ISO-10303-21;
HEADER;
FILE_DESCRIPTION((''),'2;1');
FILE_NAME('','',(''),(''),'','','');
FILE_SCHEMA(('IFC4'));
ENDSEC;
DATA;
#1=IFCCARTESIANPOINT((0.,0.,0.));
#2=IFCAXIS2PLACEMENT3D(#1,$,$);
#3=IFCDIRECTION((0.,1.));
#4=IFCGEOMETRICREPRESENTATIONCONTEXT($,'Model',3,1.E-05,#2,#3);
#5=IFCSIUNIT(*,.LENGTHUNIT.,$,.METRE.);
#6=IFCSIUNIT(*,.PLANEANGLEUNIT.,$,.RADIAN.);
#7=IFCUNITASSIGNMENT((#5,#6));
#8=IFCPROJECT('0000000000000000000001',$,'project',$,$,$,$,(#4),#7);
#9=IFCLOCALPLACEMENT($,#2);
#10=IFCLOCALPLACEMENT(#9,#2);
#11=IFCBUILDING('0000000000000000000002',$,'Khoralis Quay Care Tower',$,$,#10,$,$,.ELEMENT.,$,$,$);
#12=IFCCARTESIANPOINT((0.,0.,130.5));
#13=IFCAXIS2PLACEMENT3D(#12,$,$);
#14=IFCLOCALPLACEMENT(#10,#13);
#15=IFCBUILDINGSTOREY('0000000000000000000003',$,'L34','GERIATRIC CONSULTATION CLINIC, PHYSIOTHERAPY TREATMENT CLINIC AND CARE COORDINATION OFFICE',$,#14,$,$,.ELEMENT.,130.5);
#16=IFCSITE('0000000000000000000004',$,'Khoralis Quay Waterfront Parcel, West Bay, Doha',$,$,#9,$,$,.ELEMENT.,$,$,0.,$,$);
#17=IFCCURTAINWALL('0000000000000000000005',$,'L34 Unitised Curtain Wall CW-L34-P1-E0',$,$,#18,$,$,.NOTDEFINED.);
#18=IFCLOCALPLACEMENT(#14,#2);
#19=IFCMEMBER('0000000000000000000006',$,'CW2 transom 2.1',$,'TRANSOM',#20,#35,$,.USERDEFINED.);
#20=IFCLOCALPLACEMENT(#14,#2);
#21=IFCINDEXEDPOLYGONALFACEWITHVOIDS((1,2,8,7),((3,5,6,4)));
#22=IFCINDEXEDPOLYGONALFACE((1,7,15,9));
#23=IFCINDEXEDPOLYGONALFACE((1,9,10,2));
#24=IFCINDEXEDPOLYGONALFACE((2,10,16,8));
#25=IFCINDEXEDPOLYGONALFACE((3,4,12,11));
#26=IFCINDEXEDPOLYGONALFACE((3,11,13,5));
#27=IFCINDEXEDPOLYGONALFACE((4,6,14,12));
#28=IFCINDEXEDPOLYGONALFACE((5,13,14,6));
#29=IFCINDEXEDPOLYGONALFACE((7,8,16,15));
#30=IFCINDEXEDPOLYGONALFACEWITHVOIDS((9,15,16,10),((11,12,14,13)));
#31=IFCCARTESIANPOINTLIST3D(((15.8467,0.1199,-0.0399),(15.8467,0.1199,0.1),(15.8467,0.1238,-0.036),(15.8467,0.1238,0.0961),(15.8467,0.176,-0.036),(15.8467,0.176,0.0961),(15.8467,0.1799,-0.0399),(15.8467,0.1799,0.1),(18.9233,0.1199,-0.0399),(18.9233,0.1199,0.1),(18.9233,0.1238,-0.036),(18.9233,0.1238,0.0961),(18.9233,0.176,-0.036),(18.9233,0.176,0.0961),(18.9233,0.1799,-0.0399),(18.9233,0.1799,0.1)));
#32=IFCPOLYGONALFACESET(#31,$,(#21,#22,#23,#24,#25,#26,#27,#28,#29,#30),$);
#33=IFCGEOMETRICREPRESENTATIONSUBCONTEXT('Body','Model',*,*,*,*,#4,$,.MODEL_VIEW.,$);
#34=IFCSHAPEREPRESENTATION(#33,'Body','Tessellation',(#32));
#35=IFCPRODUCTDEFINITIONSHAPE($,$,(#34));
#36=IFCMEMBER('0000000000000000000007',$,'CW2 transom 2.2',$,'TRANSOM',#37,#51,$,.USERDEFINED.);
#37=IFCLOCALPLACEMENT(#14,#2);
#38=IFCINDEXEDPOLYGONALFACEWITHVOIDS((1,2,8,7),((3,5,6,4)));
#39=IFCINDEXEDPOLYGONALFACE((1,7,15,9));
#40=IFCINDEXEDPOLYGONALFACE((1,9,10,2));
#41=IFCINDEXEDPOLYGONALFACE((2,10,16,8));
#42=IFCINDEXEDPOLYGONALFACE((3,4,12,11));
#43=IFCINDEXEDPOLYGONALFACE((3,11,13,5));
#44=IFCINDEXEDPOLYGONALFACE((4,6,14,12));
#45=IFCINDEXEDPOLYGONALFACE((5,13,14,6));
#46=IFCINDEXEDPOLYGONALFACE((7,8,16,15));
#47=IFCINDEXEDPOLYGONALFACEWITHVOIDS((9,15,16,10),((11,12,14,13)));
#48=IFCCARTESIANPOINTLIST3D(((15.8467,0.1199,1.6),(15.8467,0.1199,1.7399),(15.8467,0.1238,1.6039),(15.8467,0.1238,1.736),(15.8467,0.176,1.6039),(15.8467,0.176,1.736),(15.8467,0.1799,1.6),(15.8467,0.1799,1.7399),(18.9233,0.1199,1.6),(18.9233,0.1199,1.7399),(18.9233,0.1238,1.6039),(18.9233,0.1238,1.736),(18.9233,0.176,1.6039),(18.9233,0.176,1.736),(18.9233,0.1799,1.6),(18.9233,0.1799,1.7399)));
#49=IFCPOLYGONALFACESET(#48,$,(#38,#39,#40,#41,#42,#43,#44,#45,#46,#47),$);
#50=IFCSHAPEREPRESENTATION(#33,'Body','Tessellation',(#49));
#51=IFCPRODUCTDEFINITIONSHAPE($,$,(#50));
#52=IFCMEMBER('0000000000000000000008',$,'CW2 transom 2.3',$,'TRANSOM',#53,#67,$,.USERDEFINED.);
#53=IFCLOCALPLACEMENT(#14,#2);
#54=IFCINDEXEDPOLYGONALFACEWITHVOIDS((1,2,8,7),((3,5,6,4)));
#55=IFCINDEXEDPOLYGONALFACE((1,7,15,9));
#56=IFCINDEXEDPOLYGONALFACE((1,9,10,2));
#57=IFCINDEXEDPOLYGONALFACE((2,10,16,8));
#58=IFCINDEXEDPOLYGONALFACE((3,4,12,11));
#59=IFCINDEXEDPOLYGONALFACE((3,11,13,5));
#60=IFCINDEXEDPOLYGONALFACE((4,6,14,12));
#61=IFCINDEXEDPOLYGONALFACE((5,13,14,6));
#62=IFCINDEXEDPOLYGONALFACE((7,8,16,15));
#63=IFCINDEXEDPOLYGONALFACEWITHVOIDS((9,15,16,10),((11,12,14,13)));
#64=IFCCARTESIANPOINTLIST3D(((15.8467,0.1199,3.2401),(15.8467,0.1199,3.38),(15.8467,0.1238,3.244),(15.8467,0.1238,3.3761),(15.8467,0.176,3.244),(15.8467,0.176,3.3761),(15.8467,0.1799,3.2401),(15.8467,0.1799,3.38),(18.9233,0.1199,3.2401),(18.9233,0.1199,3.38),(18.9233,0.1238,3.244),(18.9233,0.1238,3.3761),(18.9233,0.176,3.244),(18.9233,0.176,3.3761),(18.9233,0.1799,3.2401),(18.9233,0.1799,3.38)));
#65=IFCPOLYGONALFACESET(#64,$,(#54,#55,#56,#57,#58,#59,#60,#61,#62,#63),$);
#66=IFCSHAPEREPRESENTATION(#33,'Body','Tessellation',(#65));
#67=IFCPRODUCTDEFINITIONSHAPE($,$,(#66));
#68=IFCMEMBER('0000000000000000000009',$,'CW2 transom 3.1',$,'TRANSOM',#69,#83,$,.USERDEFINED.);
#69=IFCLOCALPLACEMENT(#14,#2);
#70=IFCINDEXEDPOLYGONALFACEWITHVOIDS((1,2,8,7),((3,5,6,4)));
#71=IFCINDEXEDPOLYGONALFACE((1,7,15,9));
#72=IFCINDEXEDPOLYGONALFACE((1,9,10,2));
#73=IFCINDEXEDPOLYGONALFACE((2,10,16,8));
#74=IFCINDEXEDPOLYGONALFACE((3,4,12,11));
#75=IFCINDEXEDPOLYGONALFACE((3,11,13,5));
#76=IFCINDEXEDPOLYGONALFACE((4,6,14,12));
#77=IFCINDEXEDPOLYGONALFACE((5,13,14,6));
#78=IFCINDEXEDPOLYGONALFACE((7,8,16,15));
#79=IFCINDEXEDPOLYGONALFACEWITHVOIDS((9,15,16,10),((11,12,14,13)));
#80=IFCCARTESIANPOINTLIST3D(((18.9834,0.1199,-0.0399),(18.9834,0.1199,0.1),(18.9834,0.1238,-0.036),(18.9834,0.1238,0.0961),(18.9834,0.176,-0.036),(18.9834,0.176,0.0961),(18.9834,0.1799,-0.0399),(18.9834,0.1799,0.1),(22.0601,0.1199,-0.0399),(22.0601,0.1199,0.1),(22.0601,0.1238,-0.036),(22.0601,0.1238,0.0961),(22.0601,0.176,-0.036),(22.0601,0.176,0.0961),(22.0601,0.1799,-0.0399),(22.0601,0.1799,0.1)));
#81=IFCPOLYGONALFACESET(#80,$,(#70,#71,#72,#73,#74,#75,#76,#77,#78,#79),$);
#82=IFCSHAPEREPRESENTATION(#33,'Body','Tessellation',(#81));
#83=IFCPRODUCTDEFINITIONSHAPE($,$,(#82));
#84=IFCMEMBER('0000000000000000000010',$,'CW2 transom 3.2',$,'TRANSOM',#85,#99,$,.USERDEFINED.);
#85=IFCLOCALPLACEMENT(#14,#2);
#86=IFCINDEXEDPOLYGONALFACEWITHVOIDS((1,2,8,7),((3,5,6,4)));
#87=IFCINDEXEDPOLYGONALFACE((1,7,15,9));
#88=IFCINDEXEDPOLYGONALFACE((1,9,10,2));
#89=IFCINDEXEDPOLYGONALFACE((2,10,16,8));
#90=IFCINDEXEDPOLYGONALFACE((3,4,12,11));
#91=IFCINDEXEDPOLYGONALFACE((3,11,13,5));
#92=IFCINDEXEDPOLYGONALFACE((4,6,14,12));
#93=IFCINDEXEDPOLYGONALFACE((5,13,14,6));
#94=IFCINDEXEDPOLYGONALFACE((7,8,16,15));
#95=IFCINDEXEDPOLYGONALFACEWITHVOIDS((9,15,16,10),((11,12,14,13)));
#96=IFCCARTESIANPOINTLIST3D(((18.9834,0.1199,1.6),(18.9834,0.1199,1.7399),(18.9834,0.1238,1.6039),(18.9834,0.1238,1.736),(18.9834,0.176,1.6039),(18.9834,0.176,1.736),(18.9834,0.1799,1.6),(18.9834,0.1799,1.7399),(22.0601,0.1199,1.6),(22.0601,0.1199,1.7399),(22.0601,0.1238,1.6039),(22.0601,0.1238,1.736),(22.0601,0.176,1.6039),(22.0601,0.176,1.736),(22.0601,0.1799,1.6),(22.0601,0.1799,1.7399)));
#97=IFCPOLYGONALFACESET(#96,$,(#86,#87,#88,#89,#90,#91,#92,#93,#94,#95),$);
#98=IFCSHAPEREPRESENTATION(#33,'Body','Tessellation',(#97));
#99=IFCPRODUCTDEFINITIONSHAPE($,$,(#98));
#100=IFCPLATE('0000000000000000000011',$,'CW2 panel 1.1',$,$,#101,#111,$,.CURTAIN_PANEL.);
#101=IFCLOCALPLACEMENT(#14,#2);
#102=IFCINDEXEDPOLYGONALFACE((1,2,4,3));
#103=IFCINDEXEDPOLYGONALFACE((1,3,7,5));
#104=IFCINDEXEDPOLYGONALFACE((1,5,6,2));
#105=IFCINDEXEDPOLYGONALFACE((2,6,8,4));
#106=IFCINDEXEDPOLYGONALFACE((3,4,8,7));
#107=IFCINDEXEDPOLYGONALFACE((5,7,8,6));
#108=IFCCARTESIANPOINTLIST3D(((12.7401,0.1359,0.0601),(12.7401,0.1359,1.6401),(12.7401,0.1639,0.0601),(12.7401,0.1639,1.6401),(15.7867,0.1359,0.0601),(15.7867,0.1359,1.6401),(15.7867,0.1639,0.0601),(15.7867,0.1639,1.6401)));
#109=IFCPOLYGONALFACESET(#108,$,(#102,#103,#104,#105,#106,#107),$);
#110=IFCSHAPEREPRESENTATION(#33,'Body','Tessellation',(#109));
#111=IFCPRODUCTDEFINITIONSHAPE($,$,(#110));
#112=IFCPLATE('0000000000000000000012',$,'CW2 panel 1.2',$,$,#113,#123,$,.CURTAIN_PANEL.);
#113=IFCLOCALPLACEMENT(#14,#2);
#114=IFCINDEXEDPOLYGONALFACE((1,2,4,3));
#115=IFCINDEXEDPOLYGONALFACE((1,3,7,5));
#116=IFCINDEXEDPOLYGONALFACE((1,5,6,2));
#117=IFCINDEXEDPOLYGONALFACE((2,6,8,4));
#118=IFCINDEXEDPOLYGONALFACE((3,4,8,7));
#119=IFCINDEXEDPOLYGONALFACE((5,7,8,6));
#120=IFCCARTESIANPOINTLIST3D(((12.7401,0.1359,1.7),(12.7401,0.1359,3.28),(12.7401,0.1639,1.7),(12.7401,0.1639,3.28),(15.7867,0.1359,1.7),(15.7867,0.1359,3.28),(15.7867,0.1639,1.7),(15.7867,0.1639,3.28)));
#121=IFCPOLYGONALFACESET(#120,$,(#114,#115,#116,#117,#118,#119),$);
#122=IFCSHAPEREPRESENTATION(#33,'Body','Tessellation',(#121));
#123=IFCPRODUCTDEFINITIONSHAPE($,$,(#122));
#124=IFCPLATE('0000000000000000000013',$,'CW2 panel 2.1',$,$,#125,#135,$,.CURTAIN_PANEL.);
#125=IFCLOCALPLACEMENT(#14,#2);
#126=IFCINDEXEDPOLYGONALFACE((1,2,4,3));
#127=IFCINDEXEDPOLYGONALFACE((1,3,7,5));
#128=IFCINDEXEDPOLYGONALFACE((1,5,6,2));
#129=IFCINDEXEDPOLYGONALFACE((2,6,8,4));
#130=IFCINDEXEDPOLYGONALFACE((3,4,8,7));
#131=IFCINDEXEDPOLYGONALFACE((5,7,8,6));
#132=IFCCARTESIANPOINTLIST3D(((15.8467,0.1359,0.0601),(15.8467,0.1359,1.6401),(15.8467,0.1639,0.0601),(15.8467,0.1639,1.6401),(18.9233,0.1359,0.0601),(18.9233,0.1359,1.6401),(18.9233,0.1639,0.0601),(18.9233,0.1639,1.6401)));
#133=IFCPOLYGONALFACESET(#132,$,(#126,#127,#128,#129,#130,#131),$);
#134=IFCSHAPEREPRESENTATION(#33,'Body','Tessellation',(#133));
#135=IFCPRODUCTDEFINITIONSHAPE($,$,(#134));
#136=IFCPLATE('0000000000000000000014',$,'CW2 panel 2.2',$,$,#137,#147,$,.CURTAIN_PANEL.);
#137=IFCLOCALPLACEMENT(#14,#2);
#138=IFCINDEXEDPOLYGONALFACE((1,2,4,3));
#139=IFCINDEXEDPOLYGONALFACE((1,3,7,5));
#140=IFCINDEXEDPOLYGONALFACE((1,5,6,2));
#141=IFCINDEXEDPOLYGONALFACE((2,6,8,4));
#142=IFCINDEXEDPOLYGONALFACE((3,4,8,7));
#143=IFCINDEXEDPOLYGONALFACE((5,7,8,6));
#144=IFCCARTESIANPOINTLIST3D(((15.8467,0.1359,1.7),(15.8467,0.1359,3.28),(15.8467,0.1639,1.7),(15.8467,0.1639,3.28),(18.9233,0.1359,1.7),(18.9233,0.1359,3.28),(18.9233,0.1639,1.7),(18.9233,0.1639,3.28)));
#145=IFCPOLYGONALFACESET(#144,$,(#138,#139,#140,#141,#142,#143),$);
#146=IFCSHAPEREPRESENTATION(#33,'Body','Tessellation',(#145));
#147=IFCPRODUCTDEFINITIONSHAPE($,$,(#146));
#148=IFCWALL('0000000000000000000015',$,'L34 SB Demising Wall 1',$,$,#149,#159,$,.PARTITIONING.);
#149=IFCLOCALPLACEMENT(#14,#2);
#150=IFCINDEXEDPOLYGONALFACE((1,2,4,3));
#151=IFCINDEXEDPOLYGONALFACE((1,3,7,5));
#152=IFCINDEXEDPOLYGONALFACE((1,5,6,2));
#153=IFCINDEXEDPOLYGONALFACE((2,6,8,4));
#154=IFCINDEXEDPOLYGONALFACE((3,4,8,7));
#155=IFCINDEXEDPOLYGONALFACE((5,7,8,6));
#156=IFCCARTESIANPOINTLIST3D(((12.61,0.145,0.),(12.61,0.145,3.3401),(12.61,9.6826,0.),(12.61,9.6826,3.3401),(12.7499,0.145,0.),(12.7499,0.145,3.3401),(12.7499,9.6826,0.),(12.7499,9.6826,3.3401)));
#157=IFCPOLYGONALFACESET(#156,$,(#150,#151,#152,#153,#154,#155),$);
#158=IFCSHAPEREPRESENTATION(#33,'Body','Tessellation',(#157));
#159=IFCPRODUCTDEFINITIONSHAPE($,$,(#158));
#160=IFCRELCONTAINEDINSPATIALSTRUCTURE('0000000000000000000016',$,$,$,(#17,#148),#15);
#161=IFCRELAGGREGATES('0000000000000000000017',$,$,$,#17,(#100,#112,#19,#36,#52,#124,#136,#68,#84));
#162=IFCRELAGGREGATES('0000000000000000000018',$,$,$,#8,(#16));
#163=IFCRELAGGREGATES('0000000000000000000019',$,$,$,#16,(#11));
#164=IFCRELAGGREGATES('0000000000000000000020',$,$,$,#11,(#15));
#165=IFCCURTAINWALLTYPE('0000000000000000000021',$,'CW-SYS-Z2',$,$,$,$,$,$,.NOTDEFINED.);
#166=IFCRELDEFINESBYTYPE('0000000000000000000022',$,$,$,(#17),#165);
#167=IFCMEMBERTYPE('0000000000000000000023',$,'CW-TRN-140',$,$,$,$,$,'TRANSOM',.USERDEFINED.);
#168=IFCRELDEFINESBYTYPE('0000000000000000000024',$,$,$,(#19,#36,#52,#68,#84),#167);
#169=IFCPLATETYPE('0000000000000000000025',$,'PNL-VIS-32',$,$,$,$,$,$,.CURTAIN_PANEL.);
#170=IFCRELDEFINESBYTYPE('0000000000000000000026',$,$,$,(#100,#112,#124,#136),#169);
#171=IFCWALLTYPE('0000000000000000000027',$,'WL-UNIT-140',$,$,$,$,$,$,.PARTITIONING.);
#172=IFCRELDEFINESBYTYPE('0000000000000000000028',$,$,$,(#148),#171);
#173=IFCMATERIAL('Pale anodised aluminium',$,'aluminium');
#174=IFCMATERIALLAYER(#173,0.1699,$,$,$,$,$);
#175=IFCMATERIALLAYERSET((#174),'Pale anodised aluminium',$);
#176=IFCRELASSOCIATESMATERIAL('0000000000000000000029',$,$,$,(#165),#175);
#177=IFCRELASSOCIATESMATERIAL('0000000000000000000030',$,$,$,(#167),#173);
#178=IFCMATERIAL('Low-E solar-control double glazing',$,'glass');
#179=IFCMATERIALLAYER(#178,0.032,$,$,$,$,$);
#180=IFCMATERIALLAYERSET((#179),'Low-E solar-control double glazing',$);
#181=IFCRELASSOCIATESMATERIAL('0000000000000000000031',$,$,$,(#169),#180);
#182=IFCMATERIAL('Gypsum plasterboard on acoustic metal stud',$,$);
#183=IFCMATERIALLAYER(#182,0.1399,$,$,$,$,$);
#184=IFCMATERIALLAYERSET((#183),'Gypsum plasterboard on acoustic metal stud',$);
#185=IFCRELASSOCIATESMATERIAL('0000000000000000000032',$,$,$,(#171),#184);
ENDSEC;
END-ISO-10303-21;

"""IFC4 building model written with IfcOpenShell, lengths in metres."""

from ifc_helpers import new_model, si_unit, direction, frame, frame_2d, origin, origin_2d, place, context, subcontext, project, spatial, rectangle, hollow_rectangle, extrude, source, transform, mapped, material, layer, layer_set, material_profile, profile_set, type_object, element, aggregate, save


model = new_model("IFC4")

# Units and contexts
model_context = context("Model", 3, precision=1e-05, world=origin(), true_north=direction((0.0, 1.0)))
body_context = subcontext(model_context, "Body", "Model", "MODEL_VIEW")
ifc_project = project(units=[si_unit("LENGTHUNIT", "METRE"), si_unit("PLANEANGLEUNIT", "RADIAN")], contexts=[model_context])

# Site, building, storey
site_placement = place(None, origin())
site = spatial("IfcSite", under=ifc_project, at=site_placement, Name="Khoralis Quay Waterfront Parcel, West Bay, Doha", CompositionType="ELEMENT", RefElevation=0.0)
building_placement = place(site_placement, origin())
building = spatial("IfcBuilding", under=site, at=building_placement, Name="Khoralis Quay Care Tower", CompositionType="ELEMENT")
storey_placement = place(building_placement, frame((0.0, 0.0, 130.5)))
storey = spatial("IfcBuildingStorey", under=building, at=storey_placement, Name="L34", Description="GERIATRIC CONSULTATION CLINIC, PHYSIOTHERAPY TREATMENT CLINIC AND CARE COORDINATION OFFICE", CompositionType="ELEMENT", Elevation=130.5)

# Curtain wall, members, plates
ifc_material_1 = material(Name="Pale anodised aluminium", Category="aluminium")
ifc_layer_1 = layer(ifc_material_1, 0.1699)
ifc_layer_set_1 = layer_set([ifc_layer_1], Name="Pale anodised aluminium")
curtain_wall_type = type_object("IfcCurtainWallType", Name="CW-SYS-Z2", PredefinedType="NOTDEFINED", material=ifc_layer_set_1)
curtain_wall_placement = place(storey_placement, origin())
curtain_wall = element("IfcCurtainWall", 1, at=curtain_wall_placement, inside=storey, type_object=curtain_wall_type, Name="L34 Unitised Curtain Wall CW-L34-P1-E0", PredefinedType="NOTDEFINED")
ifc_material_profile_1 = material_profile(ifc_material_1, hollow_rectangle(XDim=0.0601, YDim=0.1399, WallThickness=0.0039, at=origin_2d()), Name="Pale anodised aluminium")
ifc_profile_set_1 = profile_set([ifc_material_profile_1], Name="Pale anodised aluminium")
member_type_1 = type_object("IfcMemberType", Name="CW-TRN-140", ElementType="TRANSOM", PredefinedType="USERDEFINED", material=ifc_profile_set_1)
shared_shape_1 = source(origin(), body_context, "Body", "SweptSolid", [
    extrude(hollow_rectangle(XDim=0.0601, YDim=0.1399, WallThickness=0.0039, at=origin_2d()), origin(), (0.0, 0.0, 1.0), 3.0767),
])
member_1_placement = place(storey_placement, frame((15.8467, 0.1499, 0.03), z_axis=(1.0, 0.0, 0.0), x_axis=(0.0, 1.0, 0.0)))
member_1 = element("IfcMember", 2, at=member_1_placement, type_object=member_type_1, Name="CW2 transom 2.1", ObjectType="TRANSOM", PredefinedType="USERDEFINED", context=body_context, shape_type="MappedRepresentation", body=[
    mapped(shared_shape_1, transform((0.0, 0.0, 0.0), scale=1.0)),
])
member_2_placement = place(storey_placement, frame((15.8467, 0.1499, 1.6699), z_axis=(1.0, 0.0, 0.0), x_axis=(0.0, 1.0, 0.0)))
member_2 = element("IfcMember", 3, at=member_2_placement, type_object=member_type_1, Name="CW2 transom 2.2", ObjectType="TRANSOM", PredefinedType="USERDEFINED", context=body_context, shape_type="MappedRepresentation", body=[
    mapped(shared_shape_1, transform((0.0, 0.0, 0.0), scale=1.0)),
])
member_3_placement = place(storey_placement, frame((15.8467, 0.1499, 3.3101), z_axis=(1.0, 0.0, 0.0), x_axis=(0.0, 1.0, 0.0)))
member_3 = element("IfcMember", 4, at=member_3_placement, type_object=member_type_1, Name="CW2 transom 2.3", ObjectType="TRANSOM", PredefinedType="USERDEFINED", context=body_context, shape_type="MappedRepresentation", body=[
    mapped(shared_shape_1, transform((0.0, 0.0, 0.0), scale=1.0)),
])
member_4_placement = place(storey_placement, frame((18.9834, 0.1499, 0.03), z_axis=(1.0, 0.0, 0.0), x_axis=(0.0, 1.0, 0.0)))
member_4 = element("IfcMember", 5, at=member_4_placement, type_object=member_type_1, Name="CW2 transom 3.1", ObjectType="TRANSOM", PredefinedType="USERDEFINED", context=body_context, shape_type="MappedRepresentation", body=[
    mapped(shared_shape_1, transform((0.0, 0.0, 0.0), scale=1.0)),
])
member_5_placement = place(storey_placement, frame((18.9834, 0.1499, 1.6699), z_axis=(1.0, 0.0, 0.0), x_axis=(0.0, 1.0, 0.0)))
member_5 = element("IfcMember", 6, at=member_5_placement, type_object=member_type_1, Name="CW2 transom 3.2", ObjectType="TRANSOM", PredefinedType="USERDEFINED", context=body_context, shape_type="MappedRepresentation", body=[
    mapped(shared_shape_1, transform((0.0, 0.0, 0.0), scale=1.0)),
])
ifc_material_2 = material(Name="Low-E solar-control double glazing", Category="glass")
ifc_layer_2 = layer(ifc_material_2, 0.032)
ifc_layer_set_2 = layer_set([ifc_layer_2], Name="Low-E solar-control double glazing")
plate_type = type_object("IfcPlateType", Name="PNL-VIS-32", PredefinedType="CURTAIN_PANEL", material=ifc_layer_set_2)
shared_shape_2 = source(origin(), body_context, "Body", "SweptSolid", [
    extrude(rectangle(XDim=3.0466, YDim=0.0281, at=origin_2d()), origin(), (0.0, 0.0, 1.0), 1.5801),
])
plate_1_placement = place(storey_placement, frame((14.2634, 0.1499, 0.0601), z_axis=(0.0, 0.0, 1.0), x_axis=(1.0, 0.0, 0.0)))
plate_1 = element("IfcPlate", 7, at=plate_1_placement, type_object=plate_type, Name="CW2 panel 1.1", PredefinedType="CURTAIN_PANEL", context=body_context, shape_type="MappedRepresentation", body=[
    mapped(shared_shape_2, transform((0.0, 0.0, 0.0), scale=1.0)),
])
plate_2_placement = place(storey_placement, frame((14.2634, 0.1499, 1.7), z_axis=(0.0, 0.0, 1.0), x_axis=(1.0, 0.0, 0.0)))
plate_2 = element("IfcPlate", 8, at=plate_2_placement, type_object=plate_type, Name="CW2 panel 1.2", PredefinedType="CURTAIN_PANEL", context=body_context, shape_type="MappedRepresentation", body=[
    mapped(shared_shape_2, transform((0.0, 0.0, 0.0), scale=1.0)),
])
shared_shape_3 = source(origin(), body_context, "Body", "SweptSolid", [
    extrude(rectangle(XDim=3.0767, YDim=0.0281, at=origin_2d()), origin(), (0.0, 0.0, 1.0), 1.5801),
])
plate_3_placement = place(storey_placement, frame((17.385, 0.1499, 0.0601), z_axis=(0.0, 0.0, 1.0), x_axis=(1.0, 0.0, 0.0)))
plate_3 = element("IfcPlate", 9, at=plate_3_placement, type_object=plate_type, Name="CW2 panel 2.1", PredefinedType="CURTAIN_PANEL", context=body_context, shape_type="MappedRepresentation", body=[
    mapped(shared_shape_3, transform((0.0, 0.0, 0.0), scale=1.0)),
])
plate_4_placement = place(storey_placement, frame((17.385, 0.1499, 1.7), z_axis=(0.0, 0.0, 1.0), x_axis=(1.0, 0.0, 0.0)))
plate_4 = element("IfcPlate", 10, at=plate_4_placement, type_object=plate_type, Name="CW2 panel 2.2", PredefinedType="CURTAIN_PANEL", context=body_context, shape_type="MappedRepresentation", body=[
    mapped(shared_shape_3, transform((0.0, 0.0, 0.0), scale=1.0)),
])
aggregate(curtain_wall, [plate_1, plate_2, member_1, member_2, member_3, plate_3, plate_4, member_4, member_5])

# Wall
ifc_material_3 = material(Name="Gypsum plasterboard on acoustic metal stud")
ifc_layer_3 = layer(ifc_material_3, 0.1399)
ifc_layer_set_3 = layer_set([ifc_layer_3], Name="Gypsum plasterboard on acoustic metal stud")
wall_type = type_object("IfcWallType", Name="WL-UNIT-140", PredefinedType="PARTITIONING", material=ifc_layer_set_3)
wall_placement = place(storey_placement, frame((12.6799, 0.145, 0.0), z_axis=(0.0, 0.0, 1.0), x_axis=(0.0, 1.0, 0.0)))
element("IfcWall", 11, at=wall_placement, inside=storey, type_object=wall_type, Name="L34 SB Demising Wall 1", PredefinedType="PARTITIONING", context=body_context, shape_type="SweptSolid", body=[
    extrude(rectangle(XDim=9.5376, YDim=0.1399, at=frame_2d((4.7688, 0.0))), origin(), (0.0, 0.0, 1.0), 3.3401),
])

save(model, "model.ifc")
